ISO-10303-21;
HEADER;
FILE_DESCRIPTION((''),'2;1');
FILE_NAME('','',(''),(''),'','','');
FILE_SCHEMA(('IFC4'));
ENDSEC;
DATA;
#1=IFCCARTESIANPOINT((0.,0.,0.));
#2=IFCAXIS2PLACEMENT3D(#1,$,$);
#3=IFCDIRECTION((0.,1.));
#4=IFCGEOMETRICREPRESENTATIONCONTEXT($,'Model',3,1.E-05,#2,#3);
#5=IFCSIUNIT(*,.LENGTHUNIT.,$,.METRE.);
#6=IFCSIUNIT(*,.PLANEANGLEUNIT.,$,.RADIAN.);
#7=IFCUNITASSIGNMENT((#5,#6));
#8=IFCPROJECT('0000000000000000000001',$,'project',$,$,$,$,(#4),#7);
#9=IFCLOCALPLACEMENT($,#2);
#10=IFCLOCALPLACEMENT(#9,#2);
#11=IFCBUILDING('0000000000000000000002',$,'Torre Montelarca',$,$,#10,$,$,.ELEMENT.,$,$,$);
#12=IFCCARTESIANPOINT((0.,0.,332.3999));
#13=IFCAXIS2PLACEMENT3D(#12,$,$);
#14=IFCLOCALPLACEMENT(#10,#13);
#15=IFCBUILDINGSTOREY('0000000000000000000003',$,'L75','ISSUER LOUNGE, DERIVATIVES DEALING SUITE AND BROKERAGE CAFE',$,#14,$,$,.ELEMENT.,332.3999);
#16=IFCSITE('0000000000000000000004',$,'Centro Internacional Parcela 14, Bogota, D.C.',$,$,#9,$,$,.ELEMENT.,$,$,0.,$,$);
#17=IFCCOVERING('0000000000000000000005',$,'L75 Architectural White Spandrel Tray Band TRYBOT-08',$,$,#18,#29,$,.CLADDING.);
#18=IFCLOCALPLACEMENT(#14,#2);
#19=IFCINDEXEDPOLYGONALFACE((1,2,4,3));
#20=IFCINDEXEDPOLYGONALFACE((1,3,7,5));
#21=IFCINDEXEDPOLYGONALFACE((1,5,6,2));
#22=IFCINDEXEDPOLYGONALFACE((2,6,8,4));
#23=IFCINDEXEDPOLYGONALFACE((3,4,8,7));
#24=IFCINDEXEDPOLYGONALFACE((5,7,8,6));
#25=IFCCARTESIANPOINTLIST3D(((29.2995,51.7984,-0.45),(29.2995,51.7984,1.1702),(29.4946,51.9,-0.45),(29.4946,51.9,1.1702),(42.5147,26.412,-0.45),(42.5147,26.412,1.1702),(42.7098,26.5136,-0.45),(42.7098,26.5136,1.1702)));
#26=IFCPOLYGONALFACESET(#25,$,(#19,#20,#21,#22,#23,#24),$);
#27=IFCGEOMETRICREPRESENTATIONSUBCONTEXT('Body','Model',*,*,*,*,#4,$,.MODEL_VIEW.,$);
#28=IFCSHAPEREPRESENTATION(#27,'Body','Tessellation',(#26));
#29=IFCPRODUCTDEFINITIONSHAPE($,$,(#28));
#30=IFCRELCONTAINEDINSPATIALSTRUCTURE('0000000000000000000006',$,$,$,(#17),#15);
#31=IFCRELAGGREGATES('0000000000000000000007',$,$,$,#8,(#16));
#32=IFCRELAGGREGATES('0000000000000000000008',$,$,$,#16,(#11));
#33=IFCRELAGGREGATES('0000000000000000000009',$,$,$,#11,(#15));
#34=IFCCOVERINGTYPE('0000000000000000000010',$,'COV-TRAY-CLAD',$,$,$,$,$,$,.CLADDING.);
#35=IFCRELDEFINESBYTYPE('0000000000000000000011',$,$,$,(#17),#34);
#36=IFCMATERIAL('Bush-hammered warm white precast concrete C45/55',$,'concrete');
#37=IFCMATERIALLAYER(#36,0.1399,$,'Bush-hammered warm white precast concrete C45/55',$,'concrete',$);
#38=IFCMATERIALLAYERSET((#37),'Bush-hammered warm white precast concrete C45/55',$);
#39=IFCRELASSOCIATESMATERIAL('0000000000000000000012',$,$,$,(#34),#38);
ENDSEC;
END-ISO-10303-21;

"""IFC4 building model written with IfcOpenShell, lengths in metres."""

from ifc_helpers import new_model, si_unit, direction, frame, origin, origin_2d, place, context, subcontext, project, spatial, rectangle, extrude, source, transform, mapped, material, layer, layer_set, type_object, element, save


model = new_model("IFC4")

# Units and contexts
model_context = context("Model", 3, precision=1e-05, world=origin(), true_north=direction((0.0, 1.0)))
body_context = subcontext(model_context, "Body", "Model", "MODEL_VIEW")
ifc_project = project(units=[si_unit("LENGTHUNIT", "METRE"), si_unit("PLANEANGLEUNIT", "RADIAN")], contexts=[model_context])

# Site, building, storey
site_placement = place(None, origin())
site = spatial("IfcSite", under=ifc_project, at=site_placement, Name="Centro Internacional Parcela 14, Bogota, D.C.", CompositionType="ELEMENT", RefElevation=0.0)
building_placement = place(site_placement, origin())
building = spatial("IfcBuilding", under=site, at=building_placement, Name="Torre Montelarca", CompositionType="ELEMENT")
storey_placement = place(building_placement, frame((0.0, 0.0, 332.3999)))
storey = spatial("IfcBuildingStorey", under=building, at=storey_placement, Name="L75", Description="ISSUER LOUNGE, DERIVATIVES DEALING SUITE AND BROKERAGE CAFE", CompositionType="ELEMENT", Elevation=332.3999)

# Covering
ifc_material_1 = material(Name="Bush-hammered warm white precast concrete C45/55", Category="concrete")
ifc_layer_1 = layer(ifc_material_1, 0.1399, Name="Bush-hammered warm white precast concrete C45/55", Category="concrete")
ifc_layer_set_1 = layer_set([ifc_layer_1], Name="Bush-hammered warm white precast concrete C45/55")
covering_type = type_object("IfcCoveringType", Name="COV-TRAY-CLAD", PredefinedType="CLADDING", material=ifc_layer_set_1)
shared_shape_1 = source(origin(), body_context, "Body", "SweptSolid", [
    extrude(rectangle(XDim=28.6201, YDim=0.22, at=origin_2d()), origin(), (0.0, 0.0, 1.0), 1.6201),
])
covering_1_placement = place(storey_placement, frame((36.0046, 39.156, -0.45), z_axis=(0.0, 0.0, 1.0), x_axis=(-0.461747, 0.887012, 0.0)))
element("IfcCovering", 1, at=covering_1_placement, inside=storey, type_object=covering_type, Name="L75 Architectural White Spandrel Tray Band TRYBOT-08", PredefinedType="CLADDING", context=body_context, shape_type="MappedRepresentation", body=[
    mapped(shared_shape_1, transform((0.0, 0.0, 0.0), scale=1.0)),
])

save(model, "model.ifc")
